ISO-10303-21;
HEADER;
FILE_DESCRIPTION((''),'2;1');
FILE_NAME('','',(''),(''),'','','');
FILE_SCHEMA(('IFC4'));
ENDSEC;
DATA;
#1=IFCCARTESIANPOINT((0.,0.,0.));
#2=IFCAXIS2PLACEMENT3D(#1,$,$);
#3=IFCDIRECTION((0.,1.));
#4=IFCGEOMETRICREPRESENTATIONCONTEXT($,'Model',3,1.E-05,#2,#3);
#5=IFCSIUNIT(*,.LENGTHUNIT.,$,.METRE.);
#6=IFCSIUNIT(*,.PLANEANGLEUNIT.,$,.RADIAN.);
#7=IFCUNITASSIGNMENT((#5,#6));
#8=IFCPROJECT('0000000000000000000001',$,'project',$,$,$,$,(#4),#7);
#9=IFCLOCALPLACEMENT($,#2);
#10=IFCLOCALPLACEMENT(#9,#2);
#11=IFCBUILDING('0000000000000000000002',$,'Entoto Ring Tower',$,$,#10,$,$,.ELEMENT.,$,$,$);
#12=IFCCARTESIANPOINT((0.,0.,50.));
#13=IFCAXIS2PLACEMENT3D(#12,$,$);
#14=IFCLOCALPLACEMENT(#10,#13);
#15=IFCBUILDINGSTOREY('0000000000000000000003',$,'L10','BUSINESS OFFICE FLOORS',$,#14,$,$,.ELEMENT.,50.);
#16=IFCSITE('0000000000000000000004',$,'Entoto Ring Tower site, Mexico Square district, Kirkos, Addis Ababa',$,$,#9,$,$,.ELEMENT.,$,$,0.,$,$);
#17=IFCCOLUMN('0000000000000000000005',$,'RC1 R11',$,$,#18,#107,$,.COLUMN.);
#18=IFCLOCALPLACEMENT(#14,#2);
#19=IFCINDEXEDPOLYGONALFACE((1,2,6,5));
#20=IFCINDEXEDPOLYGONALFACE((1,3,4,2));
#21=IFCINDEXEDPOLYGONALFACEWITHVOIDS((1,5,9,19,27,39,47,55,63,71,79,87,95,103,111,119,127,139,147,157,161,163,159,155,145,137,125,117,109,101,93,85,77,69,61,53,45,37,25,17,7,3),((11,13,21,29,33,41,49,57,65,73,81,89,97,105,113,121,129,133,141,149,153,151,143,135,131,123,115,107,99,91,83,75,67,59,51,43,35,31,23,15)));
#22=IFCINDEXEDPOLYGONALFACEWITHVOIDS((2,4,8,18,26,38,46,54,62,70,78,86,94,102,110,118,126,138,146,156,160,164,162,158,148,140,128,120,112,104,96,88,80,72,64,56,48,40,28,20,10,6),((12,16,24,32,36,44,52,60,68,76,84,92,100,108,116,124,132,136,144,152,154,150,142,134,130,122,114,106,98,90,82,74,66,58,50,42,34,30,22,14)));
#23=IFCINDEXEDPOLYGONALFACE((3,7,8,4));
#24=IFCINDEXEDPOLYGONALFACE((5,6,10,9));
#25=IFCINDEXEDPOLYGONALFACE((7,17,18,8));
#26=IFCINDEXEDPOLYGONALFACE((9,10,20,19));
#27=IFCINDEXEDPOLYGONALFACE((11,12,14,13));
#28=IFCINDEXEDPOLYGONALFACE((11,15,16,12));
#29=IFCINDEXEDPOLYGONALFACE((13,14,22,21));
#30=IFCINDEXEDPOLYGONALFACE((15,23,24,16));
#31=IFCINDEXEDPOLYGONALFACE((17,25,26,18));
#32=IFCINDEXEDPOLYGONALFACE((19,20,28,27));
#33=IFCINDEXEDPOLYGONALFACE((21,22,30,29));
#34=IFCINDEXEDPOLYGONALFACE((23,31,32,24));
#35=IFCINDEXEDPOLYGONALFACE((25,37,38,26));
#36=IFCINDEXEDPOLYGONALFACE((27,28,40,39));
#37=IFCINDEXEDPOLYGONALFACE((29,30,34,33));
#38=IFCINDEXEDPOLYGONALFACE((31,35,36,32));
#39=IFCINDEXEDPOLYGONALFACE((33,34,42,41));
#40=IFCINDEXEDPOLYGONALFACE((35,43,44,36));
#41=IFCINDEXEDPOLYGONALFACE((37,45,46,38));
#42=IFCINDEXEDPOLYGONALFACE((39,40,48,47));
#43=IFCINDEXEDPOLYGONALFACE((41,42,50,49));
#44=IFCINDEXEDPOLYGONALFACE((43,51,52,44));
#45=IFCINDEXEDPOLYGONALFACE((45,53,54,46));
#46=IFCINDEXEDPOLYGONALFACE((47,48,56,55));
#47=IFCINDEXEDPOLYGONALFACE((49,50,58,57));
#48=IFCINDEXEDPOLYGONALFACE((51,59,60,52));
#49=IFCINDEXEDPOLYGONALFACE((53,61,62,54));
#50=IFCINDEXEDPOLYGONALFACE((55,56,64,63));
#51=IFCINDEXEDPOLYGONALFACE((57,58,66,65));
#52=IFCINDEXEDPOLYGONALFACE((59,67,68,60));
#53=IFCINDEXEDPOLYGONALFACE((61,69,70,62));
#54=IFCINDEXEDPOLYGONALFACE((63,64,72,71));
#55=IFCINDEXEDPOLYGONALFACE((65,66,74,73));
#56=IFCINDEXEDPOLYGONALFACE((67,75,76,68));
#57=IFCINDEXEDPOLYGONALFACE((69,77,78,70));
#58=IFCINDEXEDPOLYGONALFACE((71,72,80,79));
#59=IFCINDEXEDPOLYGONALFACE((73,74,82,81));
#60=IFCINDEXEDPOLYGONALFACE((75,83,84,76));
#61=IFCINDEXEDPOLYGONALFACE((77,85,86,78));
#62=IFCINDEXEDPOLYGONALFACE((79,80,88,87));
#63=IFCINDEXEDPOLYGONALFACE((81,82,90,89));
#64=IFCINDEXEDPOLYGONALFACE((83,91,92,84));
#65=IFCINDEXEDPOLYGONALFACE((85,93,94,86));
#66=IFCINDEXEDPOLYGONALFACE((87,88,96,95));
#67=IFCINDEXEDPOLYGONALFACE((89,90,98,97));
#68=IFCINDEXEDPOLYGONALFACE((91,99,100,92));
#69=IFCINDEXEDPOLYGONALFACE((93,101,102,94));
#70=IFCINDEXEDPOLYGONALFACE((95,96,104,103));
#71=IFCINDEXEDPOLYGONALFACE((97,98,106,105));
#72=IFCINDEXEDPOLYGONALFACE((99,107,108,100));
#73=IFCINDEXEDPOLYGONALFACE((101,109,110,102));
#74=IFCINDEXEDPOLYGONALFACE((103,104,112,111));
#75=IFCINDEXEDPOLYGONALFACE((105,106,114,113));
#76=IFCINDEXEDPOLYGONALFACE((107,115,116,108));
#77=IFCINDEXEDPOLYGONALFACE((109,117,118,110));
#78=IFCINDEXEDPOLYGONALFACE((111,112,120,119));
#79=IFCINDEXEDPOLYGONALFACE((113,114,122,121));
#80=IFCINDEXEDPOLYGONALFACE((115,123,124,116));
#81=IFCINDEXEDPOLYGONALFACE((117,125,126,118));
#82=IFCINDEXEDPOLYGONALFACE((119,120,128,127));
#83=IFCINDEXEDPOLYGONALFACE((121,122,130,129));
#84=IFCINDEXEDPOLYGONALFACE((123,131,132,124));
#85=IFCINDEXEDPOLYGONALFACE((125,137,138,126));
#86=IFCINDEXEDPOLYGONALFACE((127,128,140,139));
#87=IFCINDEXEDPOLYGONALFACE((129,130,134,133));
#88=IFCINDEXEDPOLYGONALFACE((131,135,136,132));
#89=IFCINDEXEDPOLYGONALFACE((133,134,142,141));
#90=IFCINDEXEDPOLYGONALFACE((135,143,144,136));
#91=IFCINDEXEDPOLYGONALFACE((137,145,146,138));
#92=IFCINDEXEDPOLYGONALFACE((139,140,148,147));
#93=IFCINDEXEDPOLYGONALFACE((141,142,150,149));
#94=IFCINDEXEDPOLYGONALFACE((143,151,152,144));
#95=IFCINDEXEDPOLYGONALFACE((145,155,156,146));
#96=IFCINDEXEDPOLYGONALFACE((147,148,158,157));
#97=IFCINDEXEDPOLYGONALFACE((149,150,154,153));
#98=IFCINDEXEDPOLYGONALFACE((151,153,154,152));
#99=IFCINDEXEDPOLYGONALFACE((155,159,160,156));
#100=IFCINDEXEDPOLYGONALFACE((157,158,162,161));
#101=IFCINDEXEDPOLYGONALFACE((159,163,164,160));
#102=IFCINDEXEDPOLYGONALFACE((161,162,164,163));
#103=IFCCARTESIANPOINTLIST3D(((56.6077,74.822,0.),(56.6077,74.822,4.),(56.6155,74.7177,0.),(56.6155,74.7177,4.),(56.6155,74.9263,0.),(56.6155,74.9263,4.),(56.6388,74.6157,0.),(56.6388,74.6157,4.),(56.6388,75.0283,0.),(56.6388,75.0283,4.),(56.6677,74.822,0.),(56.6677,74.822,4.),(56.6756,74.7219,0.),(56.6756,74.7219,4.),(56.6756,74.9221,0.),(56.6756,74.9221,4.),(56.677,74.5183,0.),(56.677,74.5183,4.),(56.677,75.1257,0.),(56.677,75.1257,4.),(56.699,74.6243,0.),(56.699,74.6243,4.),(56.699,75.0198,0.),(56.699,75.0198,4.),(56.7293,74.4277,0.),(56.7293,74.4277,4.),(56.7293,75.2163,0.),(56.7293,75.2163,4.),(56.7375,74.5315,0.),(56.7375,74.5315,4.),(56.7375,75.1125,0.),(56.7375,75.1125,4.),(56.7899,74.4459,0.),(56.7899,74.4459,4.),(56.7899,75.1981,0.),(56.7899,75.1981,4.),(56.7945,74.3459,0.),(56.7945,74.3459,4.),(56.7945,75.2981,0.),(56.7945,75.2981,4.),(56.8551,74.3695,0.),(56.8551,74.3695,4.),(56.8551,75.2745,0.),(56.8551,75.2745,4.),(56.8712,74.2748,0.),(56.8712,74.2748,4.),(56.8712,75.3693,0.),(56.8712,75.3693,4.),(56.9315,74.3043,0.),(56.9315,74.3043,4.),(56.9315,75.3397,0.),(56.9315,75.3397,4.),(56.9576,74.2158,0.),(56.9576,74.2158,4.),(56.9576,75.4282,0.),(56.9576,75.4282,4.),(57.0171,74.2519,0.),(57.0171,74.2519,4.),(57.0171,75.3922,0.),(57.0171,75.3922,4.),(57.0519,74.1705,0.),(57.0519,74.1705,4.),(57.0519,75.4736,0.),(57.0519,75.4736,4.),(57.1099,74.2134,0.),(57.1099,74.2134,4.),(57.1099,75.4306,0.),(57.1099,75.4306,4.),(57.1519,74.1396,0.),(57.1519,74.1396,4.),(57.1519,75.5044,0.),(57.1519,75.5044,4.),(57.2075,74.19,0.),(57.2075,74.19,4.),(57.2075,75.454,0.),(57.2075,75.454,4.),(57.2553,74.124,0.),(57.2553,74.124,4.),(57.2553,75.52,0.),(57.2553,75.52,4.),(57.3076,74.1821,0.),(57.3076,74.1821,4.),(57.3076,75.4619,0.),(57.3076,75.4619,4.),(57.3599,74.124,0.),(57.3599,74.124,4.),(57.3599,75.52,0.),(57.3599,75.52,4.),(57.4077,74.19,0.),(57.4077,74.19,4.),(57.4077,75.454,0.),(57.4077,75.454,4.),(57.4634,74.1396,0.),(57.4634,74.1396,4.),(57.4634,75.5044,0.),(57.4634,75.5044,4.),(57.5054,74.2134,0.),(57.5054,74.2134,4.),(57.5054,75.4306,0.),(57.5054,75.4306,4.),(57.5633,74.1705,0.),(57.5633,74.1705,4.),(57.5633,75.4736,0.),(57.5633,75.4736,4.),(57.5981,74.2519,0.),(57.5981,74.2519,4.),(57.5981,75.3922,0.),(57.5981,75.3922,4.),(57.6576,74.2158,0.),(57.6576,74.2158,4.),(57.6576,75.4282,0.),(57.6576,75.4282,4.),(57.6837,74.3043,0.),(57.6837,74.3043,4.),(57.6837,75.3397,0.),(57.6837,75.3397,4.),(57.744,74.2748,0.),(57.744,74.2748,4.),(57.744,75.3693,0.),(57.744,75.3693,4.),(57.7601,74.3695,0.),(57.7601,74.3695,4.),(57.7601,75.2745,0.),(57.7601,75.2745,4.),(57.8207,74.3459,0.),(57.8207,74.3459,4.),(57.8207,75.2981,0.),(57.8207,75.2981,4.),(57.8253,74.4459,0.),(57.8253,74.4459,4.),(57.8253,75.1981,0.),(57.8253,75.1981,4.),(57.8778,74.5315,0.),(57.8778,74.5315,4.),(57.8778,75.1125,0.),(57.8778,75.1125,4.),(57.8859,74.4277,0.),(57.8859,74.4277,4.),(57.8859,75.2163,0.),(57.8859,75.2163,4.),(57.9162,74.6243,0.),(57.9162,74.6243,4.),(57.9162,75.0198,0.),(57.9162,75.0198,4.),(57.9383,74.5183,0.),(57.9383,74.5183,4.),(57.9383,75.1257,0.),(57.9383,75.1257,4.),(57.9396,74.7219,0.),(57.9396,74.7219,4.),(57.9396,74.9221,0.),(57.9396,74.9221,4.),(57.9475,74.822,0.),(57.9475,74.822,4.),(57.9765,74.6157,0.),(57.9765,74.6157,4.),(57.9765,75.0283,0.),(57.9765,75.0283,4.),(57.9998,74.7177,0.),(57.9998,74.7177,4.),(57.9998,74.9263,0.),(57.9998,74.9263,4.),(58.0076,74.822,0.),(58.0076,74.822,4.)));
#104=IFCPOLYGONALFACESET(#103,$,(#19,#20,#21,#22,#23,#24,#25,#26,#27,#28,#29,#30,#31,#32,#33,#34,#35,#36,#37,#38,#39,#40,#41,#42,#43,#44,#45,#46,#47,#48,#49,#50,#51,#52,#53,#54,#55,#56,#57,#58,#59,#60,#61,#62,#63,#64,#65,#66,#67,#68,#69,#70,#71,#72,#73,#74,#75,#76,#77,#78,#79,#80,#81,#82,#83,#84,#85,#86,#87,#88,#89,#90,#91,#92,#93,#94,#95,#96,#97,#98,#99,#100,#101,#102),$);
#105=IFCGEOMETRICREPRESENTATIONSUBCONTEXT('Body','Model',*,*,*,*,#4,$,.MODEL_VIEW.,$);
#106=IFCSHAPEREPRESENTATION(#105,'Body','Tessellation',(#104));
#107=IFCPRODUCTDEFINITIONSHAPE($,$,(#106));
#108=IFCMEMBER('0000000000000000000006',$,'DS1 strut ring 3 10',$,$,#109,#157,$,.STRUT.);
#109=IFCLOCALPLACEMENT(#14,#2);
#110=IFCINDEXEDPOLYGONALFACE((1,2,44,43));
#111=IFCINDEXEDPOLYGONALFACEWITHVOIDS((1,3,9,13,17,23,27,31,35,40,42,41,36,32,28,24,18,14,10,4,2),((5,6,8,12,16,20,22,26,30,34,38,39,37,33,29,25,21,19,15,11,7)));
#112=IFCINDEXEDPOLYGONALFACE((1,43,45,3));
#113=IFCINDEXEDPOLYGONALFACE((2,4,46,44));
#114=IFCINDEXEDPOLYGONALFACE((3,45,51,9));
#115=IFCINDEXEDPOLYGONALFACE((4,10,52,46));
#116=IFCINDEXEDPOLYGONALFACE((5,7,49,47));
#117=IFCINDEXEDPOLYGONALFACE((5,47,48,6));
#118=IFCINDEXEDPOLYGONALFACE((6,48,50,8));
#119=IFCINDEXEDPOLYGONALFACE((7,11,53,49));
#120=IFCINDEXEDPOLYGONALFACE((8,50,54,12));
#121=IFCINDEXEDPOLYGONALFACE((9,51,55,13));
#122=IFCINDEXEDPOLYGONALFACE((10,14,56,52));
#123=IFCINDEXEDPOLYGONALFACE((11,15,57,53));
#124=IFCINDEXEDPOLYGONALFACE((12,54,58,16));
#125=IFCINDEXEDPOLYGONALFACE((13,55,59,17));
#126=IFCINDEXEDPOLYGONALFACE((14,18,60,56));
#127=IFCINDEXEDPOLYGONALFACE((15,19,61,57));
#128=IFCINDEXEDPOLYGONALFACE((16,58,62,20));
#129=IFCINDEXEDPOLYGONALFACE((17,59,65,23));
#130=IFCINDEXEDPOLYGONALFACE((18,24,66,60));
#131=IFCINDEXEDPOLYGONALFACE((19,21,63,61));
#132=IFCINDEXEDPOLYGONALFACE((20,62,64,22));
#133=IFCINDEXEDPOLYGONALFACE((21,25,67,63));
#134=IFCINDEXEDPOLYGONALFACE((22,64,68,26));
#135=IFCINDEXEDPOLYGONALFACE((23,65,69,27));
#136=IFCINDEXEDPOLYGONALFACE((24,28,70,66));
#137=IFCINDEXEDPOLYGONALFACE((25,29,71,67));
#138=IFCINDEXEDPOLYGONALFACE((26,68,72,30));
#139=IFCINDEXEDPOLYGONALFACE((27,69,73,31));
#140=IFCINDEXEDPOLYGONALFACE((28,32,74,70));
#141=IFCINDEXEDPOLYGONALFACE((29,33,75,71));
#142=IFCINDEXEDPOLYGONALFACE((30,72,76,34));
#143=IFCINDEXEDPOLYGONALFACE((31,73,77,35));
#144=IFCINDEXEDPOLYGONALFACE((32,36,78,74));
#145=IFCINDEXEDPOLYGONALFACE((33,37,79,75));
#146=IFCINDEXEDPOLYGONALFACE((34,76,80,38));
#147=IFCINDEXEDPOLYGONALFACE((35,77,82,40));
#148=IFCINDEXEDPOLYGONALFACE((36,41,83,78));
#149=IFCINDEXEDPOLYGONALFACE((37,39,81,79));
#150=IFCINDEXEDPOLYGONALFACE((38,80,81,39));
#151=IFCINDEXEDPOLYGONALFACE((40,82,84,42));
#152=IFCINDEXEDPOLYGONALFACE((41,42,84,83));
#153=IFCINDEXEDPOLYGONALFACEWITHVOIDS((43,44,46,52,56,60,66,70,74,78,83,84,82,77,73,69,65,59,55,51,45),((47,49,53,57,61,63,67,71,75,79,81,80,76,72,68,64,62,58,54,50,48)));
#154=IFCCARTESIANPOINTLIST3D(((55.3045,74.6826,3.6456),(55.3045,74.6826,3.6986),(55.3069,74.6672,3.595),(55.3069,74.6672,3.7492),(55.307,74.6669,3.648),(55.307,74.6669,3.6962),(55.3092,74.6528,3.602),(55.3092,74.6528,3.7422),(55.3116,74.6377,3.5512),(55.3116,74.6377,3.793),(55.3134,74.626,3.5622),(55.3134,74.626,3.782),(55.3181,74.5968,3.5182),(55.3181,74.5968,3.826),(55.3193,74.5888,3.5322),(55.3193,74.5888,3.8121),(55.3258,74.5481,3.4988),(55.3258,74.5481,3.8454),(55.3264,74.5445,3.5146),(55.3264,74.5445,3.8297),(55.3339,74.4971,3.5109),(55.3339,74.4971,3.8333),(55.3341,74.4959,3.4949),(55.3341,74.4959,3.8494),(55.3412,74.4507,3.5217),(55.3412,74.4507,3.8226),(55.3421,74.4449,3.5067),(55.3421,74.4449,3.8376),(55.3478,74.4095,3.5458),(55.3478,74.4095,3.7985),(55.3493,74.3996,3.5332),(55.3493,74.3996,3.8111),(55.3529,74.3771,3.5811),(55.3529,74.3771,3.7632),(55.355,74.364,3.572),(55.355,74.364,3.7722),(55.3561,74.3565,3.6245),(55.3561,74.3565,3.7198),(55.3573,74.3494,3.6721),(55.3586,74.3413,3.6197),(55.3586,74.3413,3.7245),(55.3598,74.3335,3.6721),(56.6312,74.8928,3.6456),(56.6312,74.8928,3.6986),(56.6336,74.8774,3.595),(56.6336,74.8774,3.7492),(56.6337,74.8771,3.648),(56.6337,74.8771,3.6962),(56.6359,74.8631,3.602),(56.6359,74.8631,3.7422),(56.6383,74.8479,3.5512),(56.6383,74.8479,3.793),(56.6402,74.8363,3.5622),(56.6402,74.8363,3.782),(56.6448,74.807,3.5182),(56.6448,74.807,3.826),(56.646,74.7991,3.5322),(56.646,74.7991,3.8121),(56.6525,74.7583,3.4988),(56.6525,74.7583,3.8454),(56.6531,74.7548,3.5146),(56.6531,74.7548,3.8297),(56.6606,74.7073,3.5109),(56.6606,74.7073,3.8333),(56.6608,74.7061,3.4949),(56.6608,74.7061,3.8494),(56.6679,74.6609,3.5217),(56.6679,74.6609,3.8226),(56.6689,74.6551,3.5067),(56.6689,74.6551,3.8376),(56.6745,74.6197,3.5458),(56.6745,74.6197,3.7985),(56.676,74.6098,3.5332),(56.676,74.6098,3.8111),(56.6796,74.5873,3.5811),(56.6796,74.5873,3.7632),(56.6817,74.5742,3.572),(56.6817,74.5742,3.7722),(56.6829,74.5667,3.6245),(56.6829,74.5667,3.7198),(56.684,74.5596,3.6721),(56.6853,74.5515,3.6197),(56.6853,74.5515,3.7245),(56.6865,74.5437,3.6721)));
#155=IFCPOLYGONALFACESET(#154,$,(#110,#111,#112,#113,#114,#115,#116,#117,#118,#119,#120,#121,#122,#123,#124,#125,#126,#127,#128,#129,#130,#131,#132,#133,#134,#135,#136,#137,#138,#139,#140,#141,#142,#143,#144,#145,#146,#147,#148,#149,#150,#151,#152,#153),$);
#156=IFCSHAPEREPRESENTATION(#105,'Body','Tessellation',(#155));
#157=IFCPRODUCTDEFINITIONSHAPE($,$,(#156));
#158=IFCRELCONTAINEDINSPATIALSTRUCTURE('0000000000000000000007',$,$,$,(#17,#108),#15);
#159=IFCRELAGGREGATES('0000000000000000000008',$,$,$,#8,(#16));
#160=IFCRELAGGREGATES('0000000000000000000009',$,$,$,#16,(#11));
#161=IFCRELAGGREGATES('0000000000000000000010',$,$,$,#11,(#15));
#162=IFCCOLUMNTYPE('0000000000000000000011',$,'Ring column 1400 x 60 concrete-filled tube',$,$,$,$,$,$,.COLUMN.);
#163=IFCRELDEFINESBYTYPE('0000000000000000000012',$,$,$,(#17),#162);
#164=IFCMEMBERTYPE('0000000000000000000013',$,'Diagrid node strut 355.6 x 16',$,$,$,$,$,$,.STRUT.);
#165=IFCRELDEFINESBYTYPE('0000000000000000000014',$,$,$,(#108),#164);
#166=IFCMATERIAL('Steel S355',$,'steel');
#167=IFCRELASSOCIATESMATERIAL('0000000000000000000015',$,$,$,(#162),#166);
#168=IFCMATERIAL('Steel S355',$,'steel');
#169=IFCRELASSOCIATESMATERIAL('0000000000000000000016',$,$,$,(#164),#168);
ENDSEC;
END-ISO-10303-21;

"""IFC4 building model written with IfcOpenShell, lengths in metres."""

from ifc_helpers import new_model, si_unit, direction, frame, origin, origin_2d, place, context, subcontext, project, spatial, circle, hollow_circle, extrude, material, material_profile, profile_set, type_object, element, save


model = new_model("IFC4")

# Units and contexts
model_context = context("Model", 3, precision=1e-05, world=origin(), true_north=direction((0.0, 1.0)))
body_context = subcontext(model_context, "Body", "Model", "MODEL_VIEW")
ifc_project = project(units=[si_unit("LENGTHUNIT", "METRE"), si_unit("PLANEANGLEUNIT", "RADIAN")], contexts=[model_context])

# Site, building, storey
site_placement = place(None, origin())
site = spatial("IfcSite", under=ifc_project, at=site_placement, Name="Entoto Ring Tower site, Mexico Square district, Kirkos, Addis Ababa", CompositionType="ELEMENT", RefElevation=0.0)
building_placement = place(site_placement, origin())
building = spatial("IfcBuilding", under=site, at=building_placement, Name="Entoto Ring Tower", CompositionType="ELEMENT")
storey_placement = place(building_placement, frame((0.0, 0.0, 50.0)))
storey = spatial("IfcBuildingStorey", under=building, at=storey_placement, Name="L10", Description="BUSINESS OFFICE FLOORS", CompositionType="ELEMENT", Elevation=50.0)

# Column
ifc_material_1 = material(Name="Steel S355", Category="steel")
ifc_material_profile_1 = material_profile(ifc_material_1, hollow_circle(Radius=0.7, WallThickness=0.0601, at=origin_2d()), Name="CHS 1400 x 60")
ifc_material_2 = material(Name="Concrete C60/75", Category="concrete")
ifc_material_profile_2 = material_profile(ifc_material_2, circle(Radius=0.6399, at=origin_2d()), Name="Concrete C60/75 infill")
ifc_profile_set_1 = profile_set([ifc_material_profile_1, ifc_material_profile_2], Name="Steel S355")
column_type = type_object("IfcColumnType", Name="Ring column 1400 x 60 concrete-filled tube", PredefinedType="COLUMN", material=ifc_profile_set_1)
column_placement = place(storey_placement, frame((57.3076, 74.822, 0.0), z_axis=(0.0, 0.0, 1.0), x_axis=(1.0, 0.0, 0.0)))
element("IfcColumn", 1, at=column_placement, inside=storey, type_object=column_type, Name="RC1 R11", PredefinedType="COLUMN", context=body_context, shape_type="SweptSolid", body=[
    extrude(hollow_circle(Radius=0.7, WallThickness=0.0601, at=origin_2d()), origin(), (0.0, 0.0, 1.0), 4.0),
])

# Member
ifc_material_3 = material(Name="Steel S355", Category="steel")
ifc_material_profile_3 = material_profile(ifc_material_3, hollow_circle(Radius=0.1777, WallThickness=0.0161, at=origin_2d()), Name="CHS 355.6 x 16")
ifc_material_4 = material(Name="Concrete C60/75", Category="concrete")
ifc_material_profile_4 = material_profile(ifc_material_4, circle(Radius=0.1619, at=origin_2d()), Name="Concrete C60/75 infill")
ifc_profile_set_2 = profile_set([ifc_material_profile_3, ifc_material_profile_4], Name="Steel S355")
member_type = type_object("IfcMemberType", Name="Diagrid node strut 355.6 x 16", PredefinedType="STRUT", material=ifc_profile_set_2)
member_placement = place(storey_placement, frame((56.6587, 74.7192, 3.6721), z_axis=(-0.987679, -0.156495, 0.0), x_axis=(0.156495, -0.987679, 0.0)))
element("IfcMember", 2, at=member_placement, inside=storey, type_object=member_type, Name="DS1 strut ring 3 10", PredefinedType="STRUT", context=body_context, shape_type="SweptSolid", body=[
    extrude(hollow_circle(Radius=0.1777, WallThickness=0.0161, at=origin_2d()), origin(), (0.0, 0.0, 1.0), 1.3433),
])

save(model, "model.ifc")
